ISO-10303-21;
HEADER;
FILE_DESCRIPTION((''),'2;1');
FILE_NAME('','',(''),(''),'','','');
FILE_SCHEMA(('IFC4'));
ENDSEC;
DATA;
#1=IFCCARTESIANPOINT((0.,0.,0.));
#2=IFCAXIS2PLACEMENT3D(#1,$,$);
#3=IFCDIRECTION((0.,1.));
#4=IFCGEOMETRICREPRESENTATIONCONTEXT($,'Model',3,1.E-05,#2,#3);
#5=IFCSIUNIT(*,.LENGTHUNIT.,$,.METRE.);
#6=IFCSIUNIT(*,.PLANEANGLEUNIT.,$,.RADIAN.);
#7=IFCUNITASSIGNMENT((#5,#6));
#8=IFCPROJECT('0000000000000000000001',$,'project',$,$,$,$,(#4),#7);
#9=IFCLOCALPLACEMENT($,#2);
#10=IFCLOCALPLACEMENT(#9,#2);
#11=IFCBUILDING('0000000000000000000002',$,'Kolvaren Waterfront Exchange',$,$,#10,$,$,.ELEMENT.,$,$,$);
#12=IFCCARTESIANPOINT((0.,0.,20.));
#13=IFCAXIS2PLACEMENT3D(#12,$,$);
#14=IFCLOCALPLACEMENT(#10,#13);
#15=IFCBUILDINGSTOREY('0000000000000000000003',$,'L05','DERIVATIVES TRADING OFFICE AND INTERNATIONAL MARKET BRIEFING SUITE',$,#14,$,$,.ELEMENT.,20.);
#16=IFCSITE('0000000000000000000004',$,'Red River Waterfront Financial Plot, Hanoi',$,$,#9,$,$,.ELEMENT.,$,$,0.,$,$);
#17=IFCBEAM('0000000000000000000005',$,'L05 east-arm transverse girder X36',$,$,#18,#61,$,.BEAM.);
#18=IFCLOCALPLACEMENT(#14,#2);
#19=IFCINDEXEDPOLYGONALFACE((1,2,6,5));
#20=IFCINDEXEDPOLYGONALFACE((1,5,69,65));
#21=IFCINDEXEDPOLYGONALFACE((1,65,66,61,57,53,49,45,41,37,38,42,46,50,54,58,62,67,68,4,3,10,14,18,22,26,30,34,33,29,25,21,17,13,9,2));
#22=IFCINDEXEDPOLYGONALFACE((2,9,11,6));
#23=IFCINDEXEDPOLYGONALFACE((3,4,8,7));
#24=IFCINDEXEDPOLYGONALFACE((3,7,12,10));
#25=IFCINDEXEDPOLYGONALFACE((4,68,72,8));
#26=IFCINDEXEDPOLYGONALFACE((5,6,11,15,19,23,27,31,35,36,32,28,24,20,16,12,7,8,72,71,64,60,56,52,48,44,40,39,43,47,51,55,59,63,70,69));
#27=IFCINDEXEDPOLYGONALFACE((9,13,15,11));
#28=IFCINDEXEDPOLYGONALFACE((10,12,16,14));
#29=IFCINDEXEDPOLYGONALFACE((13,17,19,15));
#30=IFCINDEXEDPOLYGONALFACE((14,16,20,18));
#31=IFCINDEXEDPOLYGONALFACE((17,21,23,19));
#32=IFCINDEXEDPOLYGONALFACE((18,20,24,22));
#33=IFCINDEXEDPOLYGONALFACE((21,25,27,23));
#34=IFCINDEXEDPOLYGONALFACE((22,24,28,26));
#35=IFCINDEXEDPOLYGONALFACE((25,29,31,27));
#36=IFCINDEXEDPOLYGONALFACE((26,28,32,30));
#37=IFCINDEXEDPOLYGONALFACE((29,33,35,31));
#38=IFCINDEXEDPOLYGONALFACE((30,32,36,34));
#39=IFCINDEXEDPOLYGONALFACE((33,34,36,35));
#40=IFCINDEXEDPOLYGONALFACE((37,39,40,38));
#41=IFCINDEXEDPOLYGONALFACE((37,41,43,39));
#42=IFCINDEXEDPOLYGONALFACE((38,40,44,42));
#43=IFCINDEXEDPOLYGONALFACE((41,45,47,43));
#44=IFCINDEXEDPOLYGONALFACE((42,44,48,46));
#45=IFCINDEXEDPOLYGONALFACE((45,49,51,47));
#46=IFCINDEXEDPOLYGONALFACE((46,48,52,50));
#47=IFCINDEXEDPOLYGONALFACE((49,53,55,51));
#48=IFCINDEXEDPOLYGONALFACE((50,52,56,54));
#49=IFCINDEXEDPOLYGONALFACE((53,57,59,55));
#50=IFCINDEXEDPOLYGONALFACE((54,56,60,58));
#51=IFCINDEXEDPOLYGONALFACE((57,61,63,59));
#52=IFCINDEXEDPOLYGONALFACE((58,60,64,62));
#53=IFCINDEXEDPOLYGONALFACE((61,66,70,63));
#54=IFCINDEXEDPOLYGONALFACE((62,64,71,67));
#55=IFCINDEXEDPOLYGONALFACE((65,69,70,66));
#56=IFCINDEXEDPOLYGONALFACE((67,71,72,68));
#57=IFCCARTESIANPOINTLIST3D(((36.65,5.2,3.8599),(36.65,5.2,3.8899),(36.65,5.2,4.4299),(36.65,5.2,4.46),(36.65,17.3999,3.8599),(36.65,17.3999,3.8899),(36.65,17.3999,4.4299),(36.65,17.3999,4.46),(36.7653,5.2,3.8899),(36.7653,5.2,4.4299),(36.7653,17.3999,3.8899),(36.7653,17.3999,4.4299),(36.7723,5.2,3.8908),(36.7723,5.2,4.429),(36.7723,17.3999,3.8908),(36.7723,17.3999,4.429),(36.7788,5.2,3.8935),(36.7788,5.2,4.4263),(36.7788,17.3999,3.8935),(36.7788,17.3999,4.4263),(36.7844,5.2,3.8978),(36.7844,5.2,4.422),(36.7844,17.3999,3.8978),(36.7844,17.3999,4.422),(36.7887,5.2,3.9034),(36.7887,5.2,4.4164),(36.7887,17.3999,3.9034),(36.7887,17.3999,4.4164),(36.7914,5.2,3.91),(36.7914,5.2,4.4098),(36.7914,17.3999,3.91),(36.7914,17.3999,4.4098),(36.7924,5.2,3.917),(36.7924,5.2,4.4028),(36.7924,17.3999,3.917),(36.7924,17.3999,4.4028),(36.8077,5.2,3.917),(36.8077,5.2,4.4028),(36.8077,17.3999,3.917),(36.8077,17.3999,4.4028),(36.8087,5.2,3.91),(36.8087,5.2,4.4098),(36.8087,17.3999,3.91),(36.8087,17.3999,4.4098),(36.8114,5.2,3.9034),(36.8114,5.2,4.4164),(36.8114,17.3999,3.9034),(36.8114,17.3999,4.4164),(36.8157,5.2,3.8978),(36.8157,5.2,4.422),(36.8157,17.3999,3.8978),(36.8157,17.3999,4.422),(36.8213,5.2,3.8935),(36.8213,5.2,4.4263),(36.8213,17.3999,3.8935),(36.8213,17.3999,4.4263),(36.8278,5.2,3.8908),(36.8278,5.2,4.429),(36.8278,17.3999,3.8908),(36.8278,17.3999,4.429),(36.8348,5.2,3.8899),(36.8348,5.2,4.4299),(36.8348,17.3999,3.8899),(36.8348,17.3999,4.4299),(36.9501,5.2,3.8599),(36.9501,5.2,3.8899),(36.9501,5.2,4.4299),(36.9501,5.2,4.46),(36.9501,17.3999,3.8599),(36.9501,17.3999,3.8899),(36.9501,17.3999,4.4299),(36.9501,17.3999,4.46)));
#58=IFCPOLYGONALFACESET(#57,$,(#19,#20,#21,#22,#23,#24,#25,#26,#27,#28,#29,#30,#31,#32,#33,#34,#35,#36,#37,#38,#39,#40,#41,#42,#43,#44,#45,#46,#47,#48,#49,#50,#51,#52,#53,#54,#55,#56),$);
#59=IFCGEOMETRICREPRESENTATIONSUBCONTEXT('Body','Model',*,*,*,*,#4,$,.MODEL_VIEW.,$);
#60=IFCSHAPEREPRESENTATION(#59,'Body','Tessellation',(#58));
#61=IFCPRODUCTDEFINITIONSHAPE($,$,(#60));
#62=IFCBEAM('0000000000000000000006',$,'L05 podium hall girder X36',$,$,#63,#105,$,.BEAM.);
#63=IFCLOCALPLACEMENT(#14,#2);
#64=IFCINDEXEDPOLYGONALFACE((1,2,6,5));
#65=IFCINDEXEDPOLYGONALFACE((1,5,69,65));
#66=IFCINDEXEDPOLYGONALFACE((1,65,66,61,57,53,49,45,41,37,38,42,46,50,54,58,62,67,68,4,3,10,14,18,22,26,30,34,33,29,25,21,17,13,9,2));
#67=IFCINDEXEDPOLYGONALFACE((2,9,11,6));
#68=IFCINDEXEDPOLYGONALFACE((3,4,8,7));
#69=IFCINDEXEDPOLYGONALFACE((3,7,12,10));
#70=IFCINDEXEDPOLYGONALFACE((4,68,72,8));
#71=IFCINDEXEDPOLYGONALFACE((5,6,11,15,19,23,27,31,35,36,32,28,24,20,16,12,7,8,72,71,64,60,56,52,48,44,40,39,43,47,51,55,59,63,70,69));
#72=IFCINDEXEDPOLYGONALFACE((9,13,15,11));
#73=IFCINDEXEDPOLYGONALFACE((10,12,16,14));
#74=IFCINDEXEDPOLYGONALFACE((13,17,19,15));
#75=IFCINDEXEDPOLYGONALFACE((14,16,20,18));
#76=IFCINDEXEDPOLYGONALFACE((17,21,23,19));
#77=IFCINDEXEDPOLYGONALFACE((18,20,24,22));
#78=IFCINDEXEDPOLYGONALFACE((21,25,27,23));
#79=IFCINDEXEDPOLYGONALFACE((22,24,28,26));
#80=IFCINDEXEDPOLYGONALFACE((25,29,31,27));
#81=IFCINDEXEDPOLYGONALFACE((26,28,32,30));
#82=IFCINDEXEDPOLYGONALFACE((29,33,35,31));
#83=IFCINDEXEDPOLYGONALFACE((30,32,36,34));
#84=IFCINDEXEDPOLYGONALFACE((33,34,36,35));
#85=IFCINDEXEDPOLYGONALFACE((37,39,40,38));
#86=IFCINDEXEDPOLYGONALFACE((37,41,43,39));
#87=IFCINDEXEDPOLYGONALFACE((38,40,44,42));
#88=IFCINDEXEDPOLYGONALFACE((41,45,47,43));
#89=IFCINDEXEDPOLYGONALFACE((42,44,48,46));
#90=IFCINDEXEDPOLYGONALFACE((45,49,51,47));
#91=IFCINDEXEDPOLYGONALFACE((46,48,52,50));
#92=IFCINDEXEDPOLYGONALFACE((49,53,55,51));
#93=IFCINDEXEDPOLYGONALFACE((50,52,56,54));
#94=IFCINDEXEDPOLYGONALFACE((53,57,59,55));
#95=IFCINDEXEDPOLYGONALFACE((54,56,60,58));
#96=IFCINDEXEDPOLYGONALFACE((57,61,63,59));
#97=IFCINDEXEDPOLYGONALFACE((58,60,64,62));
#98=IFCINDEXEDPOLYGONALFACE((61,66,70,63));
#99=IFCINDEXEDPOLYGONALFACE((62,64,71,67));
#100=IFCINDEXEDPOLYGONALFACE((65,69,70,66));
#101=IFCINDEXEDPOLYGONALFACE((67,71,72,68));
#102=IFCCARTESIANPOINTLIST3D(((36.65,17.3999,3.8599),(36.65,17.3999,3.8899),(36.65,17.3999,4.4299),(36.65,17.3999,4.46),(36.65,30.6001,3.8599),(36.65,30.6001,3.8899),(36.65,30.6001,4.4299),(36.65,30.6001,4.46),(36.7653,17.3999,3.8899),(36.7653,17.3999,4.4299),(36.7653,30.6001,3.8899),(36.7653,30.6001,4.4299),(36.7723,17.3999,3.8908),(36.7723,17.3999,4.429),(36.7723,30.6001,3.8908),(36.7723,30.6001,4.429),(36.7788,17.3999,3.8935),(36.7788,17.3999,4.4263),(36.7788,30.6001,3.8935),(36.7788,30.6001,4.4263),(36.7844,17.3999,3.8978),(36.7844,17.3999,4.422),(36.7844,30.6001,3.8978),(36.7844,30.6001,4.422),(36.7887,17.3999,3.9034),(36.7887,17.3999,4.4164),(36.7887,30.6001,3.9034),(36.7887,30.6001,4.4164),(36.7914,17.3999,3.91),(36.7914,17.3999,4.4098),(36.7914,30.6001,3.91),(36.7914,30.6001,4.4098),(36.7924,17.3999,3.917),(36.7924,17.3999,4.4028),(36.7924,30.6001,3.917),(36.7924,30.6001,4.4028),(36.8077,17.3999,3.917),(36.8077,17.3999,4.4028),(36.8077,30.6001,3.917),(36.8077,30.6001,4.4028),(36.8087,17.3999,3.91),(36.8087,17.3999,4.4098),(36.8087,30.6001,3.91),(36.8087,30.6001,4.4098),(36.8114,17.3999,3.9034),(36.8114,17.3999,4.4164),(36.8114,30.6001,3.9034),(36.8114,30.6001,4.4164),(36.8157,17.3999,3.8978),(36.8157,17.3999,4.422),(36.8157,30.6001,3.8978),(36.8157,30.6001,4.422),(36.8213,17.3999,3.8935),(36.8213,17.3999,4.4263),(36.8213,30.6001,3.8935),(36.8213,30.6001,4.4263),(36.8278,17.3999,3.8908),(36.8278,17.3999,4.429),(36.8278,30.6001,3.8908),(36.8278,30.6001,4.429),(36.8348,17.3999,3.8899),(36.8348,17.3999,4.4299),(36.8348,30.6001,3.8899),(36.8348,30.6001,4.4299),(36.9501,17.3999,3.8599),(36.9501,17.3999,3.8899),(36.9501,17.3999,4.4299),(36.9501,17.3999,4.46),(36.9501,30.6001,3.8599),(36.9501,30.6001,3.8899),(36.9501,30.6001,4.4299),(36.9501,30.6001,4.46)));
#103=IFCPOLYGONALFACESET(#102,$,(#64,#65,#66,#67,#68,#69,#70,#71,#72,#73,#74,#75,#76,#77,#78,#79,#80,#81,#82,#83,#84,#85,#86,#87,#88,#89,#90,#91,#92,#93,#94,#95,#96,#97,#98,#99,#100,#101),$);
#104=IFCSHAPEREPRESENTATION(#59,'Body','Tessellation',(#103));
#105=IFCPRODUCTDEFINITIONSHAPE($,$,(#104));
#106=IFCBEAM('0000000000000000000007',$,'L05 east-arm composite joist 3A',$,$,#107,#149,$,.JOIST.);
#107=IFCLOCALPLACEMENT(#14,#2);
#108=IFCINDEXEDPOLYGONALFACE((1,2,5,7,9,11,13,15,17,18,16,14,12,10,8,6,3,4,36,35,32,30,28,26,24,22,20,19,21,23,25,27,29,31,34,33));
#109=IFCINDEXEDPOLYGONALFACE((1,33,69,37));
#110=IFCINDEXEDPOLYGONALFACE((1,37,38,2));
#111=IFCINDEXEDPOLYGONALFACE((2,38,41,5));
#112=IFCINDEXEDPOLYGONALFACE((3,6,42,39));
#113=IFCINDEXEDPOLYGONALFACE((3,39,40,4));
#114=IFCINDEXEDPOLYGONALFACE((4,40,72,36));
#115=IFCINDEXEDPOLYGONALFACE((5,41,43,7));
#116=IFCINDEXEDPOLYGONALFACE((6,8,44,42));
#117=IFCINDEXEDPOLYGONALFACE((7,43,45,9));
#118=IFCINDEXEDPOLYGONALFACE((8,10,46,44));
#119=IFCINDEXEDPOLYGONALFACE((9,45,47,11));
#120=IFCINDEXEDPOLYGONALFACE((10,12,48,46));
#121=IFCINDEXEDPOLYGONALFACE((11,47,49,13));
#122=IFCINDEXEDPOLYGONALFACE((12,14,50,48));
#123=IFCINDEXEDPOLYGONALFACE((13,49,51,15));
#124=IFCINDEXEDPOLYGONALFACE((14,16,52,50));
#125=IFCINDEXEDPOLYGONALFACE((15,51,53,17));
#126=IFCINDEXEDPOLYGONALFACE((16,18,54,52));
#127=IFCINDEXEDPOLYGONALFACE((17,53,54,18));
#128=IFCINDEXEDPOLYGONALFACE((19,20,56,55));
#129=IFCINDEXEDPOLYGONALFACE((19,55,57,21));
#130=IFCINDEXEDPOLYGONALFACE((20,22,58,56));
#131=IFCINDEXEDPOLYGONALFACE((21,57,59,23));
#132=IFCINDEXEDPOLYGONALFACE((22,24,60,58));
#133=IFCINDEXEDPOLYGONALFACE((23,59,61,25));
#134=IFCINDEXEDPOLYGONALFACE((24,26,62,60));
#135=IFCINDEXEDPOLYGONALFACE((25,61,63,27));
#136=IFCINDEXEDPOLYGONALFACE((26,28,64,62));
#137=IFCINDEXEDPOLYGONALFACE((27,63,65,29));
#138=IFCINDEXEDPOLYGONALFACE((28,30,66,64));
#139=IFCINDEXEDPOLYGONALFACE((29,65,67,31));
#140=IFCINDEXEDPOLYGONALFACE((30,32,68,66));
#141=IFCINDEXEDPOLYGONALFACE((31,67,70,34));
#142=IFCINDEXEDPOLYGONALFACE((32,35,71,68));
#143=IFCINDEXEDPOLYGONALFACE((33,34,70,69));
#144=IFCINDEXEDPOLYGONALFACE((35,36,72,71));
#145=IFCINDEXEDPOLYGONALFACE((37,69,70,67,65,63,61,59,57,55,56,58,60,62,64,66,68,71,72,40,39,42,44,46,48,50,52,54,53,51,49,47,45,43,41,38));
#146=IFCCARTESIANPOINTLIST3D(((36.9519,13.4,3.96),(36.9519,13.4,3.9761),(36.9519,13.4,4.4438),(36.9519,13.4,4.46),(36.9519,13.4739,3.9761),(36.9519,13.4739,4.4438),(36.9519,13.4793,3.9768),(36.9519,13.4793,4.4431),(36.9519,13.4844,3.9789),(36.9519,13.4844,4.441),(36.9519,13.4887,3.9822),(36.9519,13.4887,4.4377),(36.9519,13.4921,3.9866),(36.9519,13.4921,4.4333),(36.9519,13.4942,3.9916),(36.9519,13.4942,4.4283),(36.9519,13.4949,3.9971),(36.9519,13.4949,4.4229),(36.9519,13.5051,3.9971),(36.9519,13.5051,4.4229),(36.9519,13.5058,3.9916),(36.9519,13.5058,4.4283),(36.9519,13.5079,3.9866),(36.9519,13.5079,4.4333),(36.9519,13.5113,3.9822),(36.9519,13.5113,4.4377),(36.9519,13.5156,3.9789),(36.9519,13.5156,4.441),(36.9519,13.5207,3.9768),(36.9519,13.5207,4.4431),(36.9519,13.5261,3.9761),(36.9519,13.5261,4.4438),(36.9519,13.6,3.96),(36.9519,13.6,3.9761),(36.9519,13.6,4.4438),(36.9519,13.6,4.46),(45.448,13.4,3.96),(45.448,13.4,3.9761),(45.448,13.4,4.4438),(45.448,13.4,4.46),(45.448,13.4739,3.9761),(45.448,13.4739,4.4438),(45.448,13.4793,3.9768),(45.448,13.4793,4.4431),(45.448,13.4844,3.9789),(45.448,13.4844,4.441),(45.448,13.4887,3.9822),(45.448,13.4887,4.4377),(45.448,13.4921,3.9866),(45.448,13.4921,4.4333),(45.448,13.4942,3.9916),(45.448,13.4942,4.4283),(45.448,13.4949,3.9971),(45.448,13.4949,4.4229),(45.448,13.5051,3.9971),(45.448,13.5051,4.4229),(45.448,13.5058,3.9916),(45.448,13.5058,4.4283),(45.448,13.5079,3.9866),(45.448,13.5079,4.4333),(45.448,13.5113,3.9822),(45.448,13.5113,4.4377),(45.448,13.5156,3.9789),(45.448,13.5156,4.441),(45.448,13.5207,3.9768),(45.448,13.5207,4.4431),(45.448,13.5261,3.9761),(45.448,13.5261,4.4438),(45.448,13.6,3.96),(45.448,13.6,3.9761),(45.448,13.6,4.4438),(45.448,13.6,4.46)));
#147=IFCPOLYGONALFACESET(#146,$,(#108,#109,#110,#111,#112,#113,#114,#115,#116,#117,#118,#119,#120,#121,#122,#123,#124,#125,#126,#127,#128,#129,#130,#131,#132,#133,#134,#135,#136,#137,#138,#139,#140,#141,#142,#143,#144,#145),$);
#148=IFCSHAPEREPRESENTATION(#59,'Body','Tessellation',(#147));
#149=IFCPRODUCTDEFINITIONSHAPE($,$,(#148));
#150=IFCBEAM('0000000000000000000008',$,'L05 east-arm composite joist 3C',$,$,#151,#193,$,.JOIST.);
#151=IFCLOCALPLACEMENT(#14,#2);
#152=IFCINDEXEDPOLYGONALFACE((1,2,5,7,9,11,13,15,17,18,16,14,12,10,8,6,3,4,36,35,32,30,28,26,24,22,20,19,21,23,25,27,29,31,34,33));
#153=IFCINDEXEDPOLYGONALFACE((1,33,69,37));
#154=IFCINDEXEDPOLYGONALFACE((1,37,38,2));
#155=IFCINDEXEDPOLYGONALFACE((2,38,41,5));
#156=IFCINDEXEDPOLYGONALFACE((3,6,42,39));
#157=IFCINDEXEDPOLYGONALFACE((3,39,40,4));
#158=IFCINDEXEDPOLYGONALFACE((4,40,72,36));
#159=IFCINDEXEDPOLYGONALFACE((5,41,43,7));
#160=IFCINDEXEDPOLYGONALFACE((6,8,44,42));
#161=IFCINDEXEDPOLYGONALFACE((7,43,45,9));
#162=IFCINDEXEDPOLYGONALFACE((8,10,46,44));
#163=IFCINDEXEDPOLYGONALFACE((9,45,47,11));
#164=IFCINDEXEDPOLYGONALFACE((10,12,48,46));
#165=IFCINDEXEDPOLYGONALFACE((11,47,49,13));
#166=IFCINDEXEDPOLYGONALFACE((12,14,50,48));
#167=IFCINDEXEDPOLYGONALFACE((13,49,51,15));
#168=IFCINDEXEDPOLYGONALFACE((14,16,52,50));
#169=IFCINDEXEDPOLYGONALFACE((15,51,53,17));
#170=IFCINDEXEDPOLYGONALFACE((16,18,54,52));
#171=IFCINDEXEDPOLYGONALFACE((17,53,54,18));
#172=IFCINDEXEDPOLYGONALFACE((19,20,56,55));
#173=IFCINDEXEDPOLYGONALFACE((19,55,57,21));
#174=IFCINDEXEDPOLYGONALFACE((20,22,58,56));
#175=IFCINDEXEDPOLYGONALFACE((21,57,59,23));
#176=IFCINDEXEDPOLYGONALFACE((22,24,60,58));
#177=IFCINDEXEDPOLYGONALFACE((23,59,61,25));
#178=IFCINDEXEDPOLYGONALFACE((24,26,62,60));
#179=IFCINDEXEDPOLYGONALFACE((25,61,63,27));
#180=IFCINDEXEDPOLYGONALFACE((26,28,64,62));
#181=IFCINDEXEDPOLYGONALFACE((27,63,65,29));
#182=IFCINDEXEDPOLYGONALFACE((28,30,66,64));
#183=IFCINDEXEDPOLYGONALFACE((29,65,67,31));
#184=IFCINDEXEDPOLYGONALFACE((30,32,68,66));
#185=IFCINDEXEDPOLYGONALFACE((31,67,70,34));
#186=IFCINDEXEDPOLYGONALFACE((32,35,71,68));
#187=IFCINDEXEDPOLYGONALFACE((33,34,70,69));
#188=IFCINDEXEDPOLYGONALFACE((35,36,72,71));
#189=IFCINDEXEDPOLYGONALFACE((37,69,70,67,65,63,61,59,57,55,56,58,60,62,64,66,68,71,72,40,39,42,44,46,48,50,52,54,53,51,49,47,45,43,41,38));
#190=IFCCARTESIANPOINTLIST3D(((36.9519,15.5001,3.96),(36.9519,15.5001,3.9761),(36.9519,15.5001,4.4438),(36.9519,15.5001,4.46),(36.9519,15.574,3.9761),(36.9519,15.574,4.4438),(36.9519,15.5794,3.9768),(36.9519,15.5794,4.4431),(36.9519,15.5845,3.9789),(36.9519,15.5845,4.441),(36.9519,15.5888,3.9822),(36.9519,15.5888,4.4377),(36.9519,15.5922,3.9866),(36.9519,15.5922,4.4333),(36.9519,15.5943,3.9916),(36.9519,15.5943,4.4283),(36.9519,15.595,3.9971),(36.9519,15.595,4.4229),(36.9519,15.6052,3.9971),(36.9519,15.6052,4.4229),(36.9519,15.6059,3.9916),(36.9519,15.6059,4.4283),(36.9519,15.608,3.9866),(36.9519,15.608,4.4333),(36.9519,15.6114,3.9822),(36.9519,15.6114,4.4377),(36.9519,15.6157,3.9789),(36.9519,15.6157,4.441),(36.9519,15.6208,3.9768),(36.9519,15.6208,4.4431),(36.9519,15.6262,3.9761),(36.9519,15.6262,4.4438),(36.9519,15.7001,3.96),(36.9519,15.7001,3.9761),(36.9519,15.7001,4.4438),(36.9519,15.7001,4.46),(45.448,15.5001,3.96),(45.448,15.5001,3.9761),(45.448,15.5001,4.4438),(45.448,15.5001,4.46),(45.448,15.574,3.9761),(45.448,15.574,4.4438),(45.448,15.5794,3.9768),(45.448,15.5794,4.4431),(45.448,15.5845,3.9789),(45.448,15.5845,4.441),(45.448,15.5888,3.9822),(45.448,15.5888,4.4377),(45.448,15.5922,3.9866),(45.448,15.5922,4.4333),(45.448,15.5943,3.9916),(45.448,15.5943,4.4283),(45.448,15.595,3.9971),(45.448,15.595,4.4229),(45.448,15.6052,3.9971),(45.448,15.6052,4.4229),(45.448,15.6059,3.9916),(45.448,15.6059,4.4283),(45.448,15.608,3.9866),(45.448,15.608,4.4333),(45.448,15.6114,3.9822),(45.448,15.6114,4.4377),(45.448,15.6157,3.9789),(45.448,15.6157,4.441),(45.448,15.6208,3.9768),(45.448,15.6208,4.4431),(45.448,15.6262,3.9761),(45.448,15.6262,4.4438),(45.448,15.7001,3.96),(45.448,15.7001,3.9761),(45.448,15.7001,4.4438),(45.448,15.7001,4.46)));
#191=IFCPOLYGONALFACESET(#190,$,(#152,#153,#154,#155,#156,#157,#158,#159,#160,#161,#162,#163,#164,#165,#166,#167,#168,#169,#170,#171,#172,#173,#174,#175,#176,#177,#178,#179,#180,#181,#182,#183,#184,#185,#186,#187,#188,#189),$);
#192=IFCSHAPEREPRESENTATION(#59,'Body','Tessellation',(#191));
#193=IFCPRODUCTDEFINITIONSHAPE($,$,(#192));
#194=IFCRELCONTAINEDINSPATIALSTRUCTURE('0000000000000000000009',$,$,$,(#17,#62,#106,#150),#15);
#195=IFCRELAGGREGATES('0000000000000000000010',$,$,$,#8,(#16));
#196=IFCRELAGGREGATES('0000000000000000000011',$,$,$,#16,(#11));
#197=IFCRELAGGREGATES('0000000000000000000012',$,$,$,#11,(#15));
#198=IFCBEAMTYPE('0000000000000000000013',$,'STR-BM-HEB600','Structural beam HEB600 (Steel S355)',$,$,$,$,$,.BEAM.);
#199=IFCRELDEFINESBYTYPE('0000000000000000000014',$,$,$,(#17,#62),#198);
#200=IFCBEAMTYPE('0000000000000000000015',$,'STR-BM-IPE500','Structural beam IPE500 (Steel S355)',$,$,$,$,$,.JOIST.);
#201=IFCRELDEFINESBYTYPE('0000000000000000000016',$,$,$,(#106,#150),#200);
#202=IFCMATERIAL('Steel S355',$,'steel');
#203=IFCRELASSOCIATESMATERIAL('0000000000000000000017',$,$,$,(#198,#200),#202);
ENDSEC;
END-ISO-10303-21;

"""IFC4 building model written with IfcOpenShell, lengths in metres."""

from ifc_helpers import new_model, si_unit, direction, frame, origin, origin_2d, place, context, subcontext, project, spatial, i_section, extrude, material, material_profile, profile_set, type_object, element, save


model = new_model("IFC4")

# Units and contexts
model_context = context("Model", 3, precision=1e-05, world=origin(), true_north=direction((0.0, 1.0)))
body_context = subcontext(model_context, "Body", "Model", "MODEL_VIEW")
ifc_project = project(units=[si_unit("LENGTHUNIT", "METRE"), si_unit("PLANEANGLEUNIT", "RADIAN")], contexts=[model_context])

# Site, building, storey
site_placement = place(None, origin())
site = spatial("IfcSite", under=ifc_project, at=site_placement, Name="Red River Waterfront Financial Plot, Hanoi", CompositionType="ELEMENT", RefElevation=0.0)
building_placement = place(site_placement, origin())
building = spatial("IfcBuilding", under=site, at=building_placement, Name="Kolvaren Waterfront Exchange", CompositionType="ELEMENT")
storey_placement = place(building_placement, frame((0.0, 0.0, 20.0)))
storey = spatial("IfcBuildingStorey", under=building, at=storey_placement, Name="L05", Description="DERIVATIVES TRADING OFFICE AND INTERNATIONAL MARKET BRIEFING SUITE", CompositionType="ELEMENT", Elevation=20.0)

# Beams
ifc_material_1 = material(Name="Steel S355", Category="steel")
ifc_material_profile_1 = material_profile(ifc_material_1, i_section(OverallWidth=0.3, OverallDepth=0.6001, WebThickness=0.0154, FlangeThickness=0.03, FilletRadius=0.0271, at=origin_2d()), Name="HEB600")
ifc_profile_set_1 = profile_set([ifc_material_profile_1], Name="Steel S355")
beam_type_1 = type_object("IfcBeamType", Name="STR-BM-HEB600", Description="Structural beam HEB600 (Steel S355)", PredefinedType="BEAM", material=ifc_profile_set_1)
beam_1_placement = place(storey_placement, frame((36.8, 5.2, 4.1599), z_axis=(0.0, 1.0, 0.0), x_axis=(-1.0, 0.0, 0.0)))
element("IfcBeam", 1, at=beam_1_placement, inside=storey, type_object=beam_type_1, Name="L05 east-arm transverse girder X36", PredefinedType="BEAM", context=body_context, shape_type="SweptSolid", body=[
    extrude(i_section(OverallWidth=0.3, OverallDepth=0.6001, WebThickness=0.0154, FlangeThickness=0.03, FilletRadius=0.0271, at=origin_2d()), origin(), (0.0, 0.0, 1.0), 12.2),
])
beam_2_placement = place(storey_placement, frame((36.8, 17.3999, 4.1599), z_axis=(0.0, 1.0, 0.0), x_axis=(-1.0, 0.0, 0.0)))
element("IfcBeam", 2, at=beam_2_placement, inside=storey, type_object=beam_type_1, Name="L05 podium hall girder X36", PredefinedType="BEAM", context=body_context, shape_type="SweptSolid", body=[
    extrude(i_section(OverallWidth=0.3, OverallDepth=0.6001, WebThickness=0.0154, FlangeThickness=0.03, FilletRadius=0.0271, at=origin_2d()), origin(), (0.0, 0.0, 1.0), 13.2002),
])
ifc_material_profile_2 = material_profile(ifc_material_1, i_section(OverallWidth=0.2, OverallDepth=0.5, WebThickness=0.0103, FlangeThickness=0.0161, FilletRadius=0.021, at=origin_2d()), Name="IPE500")
ifc_profile_set_2 = profile_set([ifc_material_profile_2], Name="Steel S355")
beam_type_2 = type_object("IfcBeamType", Name="STR-BM-IPE500", Description="Structural beam IPE500 (Steel S355)", PredefinedType="JOIST", material=ifc_profile_set_2)
for number, where, z_axis, x_axis, name in (
    (3, (36.9519, 13.5, 4.21), (1.0, 0.0, 0.0), (0.0, 1.0, 0.0), "L05 east-arm composite joist 3A"),
    (4, (36.9519, 15.6001, 4.21), (1.0, 0.0, 0.0), (0.0, 1.0, 0.0), "L05 east-arm composite joist 3C"),
):
    element("IfcBeam", number, at=place(storey_placement, frame(where, z_axis=z_axis, x_axis=x_axis)), inside=storey, type_object=beam_type_2, Name=name, PredefinedType="JOIST", context=body_context, shape_type="SweptSolid", body=[
        extrude(i_section(OverallWidth=0.2, OverallDepth=0.5, WebThickness=0.0103, FlangeThickness=0.0161, FilletRadius=0.021, at=origin_2d()), origin(), (0.0, 0.0, 1.0), 8.4961),
    ])

save(model, "model.ifc")
